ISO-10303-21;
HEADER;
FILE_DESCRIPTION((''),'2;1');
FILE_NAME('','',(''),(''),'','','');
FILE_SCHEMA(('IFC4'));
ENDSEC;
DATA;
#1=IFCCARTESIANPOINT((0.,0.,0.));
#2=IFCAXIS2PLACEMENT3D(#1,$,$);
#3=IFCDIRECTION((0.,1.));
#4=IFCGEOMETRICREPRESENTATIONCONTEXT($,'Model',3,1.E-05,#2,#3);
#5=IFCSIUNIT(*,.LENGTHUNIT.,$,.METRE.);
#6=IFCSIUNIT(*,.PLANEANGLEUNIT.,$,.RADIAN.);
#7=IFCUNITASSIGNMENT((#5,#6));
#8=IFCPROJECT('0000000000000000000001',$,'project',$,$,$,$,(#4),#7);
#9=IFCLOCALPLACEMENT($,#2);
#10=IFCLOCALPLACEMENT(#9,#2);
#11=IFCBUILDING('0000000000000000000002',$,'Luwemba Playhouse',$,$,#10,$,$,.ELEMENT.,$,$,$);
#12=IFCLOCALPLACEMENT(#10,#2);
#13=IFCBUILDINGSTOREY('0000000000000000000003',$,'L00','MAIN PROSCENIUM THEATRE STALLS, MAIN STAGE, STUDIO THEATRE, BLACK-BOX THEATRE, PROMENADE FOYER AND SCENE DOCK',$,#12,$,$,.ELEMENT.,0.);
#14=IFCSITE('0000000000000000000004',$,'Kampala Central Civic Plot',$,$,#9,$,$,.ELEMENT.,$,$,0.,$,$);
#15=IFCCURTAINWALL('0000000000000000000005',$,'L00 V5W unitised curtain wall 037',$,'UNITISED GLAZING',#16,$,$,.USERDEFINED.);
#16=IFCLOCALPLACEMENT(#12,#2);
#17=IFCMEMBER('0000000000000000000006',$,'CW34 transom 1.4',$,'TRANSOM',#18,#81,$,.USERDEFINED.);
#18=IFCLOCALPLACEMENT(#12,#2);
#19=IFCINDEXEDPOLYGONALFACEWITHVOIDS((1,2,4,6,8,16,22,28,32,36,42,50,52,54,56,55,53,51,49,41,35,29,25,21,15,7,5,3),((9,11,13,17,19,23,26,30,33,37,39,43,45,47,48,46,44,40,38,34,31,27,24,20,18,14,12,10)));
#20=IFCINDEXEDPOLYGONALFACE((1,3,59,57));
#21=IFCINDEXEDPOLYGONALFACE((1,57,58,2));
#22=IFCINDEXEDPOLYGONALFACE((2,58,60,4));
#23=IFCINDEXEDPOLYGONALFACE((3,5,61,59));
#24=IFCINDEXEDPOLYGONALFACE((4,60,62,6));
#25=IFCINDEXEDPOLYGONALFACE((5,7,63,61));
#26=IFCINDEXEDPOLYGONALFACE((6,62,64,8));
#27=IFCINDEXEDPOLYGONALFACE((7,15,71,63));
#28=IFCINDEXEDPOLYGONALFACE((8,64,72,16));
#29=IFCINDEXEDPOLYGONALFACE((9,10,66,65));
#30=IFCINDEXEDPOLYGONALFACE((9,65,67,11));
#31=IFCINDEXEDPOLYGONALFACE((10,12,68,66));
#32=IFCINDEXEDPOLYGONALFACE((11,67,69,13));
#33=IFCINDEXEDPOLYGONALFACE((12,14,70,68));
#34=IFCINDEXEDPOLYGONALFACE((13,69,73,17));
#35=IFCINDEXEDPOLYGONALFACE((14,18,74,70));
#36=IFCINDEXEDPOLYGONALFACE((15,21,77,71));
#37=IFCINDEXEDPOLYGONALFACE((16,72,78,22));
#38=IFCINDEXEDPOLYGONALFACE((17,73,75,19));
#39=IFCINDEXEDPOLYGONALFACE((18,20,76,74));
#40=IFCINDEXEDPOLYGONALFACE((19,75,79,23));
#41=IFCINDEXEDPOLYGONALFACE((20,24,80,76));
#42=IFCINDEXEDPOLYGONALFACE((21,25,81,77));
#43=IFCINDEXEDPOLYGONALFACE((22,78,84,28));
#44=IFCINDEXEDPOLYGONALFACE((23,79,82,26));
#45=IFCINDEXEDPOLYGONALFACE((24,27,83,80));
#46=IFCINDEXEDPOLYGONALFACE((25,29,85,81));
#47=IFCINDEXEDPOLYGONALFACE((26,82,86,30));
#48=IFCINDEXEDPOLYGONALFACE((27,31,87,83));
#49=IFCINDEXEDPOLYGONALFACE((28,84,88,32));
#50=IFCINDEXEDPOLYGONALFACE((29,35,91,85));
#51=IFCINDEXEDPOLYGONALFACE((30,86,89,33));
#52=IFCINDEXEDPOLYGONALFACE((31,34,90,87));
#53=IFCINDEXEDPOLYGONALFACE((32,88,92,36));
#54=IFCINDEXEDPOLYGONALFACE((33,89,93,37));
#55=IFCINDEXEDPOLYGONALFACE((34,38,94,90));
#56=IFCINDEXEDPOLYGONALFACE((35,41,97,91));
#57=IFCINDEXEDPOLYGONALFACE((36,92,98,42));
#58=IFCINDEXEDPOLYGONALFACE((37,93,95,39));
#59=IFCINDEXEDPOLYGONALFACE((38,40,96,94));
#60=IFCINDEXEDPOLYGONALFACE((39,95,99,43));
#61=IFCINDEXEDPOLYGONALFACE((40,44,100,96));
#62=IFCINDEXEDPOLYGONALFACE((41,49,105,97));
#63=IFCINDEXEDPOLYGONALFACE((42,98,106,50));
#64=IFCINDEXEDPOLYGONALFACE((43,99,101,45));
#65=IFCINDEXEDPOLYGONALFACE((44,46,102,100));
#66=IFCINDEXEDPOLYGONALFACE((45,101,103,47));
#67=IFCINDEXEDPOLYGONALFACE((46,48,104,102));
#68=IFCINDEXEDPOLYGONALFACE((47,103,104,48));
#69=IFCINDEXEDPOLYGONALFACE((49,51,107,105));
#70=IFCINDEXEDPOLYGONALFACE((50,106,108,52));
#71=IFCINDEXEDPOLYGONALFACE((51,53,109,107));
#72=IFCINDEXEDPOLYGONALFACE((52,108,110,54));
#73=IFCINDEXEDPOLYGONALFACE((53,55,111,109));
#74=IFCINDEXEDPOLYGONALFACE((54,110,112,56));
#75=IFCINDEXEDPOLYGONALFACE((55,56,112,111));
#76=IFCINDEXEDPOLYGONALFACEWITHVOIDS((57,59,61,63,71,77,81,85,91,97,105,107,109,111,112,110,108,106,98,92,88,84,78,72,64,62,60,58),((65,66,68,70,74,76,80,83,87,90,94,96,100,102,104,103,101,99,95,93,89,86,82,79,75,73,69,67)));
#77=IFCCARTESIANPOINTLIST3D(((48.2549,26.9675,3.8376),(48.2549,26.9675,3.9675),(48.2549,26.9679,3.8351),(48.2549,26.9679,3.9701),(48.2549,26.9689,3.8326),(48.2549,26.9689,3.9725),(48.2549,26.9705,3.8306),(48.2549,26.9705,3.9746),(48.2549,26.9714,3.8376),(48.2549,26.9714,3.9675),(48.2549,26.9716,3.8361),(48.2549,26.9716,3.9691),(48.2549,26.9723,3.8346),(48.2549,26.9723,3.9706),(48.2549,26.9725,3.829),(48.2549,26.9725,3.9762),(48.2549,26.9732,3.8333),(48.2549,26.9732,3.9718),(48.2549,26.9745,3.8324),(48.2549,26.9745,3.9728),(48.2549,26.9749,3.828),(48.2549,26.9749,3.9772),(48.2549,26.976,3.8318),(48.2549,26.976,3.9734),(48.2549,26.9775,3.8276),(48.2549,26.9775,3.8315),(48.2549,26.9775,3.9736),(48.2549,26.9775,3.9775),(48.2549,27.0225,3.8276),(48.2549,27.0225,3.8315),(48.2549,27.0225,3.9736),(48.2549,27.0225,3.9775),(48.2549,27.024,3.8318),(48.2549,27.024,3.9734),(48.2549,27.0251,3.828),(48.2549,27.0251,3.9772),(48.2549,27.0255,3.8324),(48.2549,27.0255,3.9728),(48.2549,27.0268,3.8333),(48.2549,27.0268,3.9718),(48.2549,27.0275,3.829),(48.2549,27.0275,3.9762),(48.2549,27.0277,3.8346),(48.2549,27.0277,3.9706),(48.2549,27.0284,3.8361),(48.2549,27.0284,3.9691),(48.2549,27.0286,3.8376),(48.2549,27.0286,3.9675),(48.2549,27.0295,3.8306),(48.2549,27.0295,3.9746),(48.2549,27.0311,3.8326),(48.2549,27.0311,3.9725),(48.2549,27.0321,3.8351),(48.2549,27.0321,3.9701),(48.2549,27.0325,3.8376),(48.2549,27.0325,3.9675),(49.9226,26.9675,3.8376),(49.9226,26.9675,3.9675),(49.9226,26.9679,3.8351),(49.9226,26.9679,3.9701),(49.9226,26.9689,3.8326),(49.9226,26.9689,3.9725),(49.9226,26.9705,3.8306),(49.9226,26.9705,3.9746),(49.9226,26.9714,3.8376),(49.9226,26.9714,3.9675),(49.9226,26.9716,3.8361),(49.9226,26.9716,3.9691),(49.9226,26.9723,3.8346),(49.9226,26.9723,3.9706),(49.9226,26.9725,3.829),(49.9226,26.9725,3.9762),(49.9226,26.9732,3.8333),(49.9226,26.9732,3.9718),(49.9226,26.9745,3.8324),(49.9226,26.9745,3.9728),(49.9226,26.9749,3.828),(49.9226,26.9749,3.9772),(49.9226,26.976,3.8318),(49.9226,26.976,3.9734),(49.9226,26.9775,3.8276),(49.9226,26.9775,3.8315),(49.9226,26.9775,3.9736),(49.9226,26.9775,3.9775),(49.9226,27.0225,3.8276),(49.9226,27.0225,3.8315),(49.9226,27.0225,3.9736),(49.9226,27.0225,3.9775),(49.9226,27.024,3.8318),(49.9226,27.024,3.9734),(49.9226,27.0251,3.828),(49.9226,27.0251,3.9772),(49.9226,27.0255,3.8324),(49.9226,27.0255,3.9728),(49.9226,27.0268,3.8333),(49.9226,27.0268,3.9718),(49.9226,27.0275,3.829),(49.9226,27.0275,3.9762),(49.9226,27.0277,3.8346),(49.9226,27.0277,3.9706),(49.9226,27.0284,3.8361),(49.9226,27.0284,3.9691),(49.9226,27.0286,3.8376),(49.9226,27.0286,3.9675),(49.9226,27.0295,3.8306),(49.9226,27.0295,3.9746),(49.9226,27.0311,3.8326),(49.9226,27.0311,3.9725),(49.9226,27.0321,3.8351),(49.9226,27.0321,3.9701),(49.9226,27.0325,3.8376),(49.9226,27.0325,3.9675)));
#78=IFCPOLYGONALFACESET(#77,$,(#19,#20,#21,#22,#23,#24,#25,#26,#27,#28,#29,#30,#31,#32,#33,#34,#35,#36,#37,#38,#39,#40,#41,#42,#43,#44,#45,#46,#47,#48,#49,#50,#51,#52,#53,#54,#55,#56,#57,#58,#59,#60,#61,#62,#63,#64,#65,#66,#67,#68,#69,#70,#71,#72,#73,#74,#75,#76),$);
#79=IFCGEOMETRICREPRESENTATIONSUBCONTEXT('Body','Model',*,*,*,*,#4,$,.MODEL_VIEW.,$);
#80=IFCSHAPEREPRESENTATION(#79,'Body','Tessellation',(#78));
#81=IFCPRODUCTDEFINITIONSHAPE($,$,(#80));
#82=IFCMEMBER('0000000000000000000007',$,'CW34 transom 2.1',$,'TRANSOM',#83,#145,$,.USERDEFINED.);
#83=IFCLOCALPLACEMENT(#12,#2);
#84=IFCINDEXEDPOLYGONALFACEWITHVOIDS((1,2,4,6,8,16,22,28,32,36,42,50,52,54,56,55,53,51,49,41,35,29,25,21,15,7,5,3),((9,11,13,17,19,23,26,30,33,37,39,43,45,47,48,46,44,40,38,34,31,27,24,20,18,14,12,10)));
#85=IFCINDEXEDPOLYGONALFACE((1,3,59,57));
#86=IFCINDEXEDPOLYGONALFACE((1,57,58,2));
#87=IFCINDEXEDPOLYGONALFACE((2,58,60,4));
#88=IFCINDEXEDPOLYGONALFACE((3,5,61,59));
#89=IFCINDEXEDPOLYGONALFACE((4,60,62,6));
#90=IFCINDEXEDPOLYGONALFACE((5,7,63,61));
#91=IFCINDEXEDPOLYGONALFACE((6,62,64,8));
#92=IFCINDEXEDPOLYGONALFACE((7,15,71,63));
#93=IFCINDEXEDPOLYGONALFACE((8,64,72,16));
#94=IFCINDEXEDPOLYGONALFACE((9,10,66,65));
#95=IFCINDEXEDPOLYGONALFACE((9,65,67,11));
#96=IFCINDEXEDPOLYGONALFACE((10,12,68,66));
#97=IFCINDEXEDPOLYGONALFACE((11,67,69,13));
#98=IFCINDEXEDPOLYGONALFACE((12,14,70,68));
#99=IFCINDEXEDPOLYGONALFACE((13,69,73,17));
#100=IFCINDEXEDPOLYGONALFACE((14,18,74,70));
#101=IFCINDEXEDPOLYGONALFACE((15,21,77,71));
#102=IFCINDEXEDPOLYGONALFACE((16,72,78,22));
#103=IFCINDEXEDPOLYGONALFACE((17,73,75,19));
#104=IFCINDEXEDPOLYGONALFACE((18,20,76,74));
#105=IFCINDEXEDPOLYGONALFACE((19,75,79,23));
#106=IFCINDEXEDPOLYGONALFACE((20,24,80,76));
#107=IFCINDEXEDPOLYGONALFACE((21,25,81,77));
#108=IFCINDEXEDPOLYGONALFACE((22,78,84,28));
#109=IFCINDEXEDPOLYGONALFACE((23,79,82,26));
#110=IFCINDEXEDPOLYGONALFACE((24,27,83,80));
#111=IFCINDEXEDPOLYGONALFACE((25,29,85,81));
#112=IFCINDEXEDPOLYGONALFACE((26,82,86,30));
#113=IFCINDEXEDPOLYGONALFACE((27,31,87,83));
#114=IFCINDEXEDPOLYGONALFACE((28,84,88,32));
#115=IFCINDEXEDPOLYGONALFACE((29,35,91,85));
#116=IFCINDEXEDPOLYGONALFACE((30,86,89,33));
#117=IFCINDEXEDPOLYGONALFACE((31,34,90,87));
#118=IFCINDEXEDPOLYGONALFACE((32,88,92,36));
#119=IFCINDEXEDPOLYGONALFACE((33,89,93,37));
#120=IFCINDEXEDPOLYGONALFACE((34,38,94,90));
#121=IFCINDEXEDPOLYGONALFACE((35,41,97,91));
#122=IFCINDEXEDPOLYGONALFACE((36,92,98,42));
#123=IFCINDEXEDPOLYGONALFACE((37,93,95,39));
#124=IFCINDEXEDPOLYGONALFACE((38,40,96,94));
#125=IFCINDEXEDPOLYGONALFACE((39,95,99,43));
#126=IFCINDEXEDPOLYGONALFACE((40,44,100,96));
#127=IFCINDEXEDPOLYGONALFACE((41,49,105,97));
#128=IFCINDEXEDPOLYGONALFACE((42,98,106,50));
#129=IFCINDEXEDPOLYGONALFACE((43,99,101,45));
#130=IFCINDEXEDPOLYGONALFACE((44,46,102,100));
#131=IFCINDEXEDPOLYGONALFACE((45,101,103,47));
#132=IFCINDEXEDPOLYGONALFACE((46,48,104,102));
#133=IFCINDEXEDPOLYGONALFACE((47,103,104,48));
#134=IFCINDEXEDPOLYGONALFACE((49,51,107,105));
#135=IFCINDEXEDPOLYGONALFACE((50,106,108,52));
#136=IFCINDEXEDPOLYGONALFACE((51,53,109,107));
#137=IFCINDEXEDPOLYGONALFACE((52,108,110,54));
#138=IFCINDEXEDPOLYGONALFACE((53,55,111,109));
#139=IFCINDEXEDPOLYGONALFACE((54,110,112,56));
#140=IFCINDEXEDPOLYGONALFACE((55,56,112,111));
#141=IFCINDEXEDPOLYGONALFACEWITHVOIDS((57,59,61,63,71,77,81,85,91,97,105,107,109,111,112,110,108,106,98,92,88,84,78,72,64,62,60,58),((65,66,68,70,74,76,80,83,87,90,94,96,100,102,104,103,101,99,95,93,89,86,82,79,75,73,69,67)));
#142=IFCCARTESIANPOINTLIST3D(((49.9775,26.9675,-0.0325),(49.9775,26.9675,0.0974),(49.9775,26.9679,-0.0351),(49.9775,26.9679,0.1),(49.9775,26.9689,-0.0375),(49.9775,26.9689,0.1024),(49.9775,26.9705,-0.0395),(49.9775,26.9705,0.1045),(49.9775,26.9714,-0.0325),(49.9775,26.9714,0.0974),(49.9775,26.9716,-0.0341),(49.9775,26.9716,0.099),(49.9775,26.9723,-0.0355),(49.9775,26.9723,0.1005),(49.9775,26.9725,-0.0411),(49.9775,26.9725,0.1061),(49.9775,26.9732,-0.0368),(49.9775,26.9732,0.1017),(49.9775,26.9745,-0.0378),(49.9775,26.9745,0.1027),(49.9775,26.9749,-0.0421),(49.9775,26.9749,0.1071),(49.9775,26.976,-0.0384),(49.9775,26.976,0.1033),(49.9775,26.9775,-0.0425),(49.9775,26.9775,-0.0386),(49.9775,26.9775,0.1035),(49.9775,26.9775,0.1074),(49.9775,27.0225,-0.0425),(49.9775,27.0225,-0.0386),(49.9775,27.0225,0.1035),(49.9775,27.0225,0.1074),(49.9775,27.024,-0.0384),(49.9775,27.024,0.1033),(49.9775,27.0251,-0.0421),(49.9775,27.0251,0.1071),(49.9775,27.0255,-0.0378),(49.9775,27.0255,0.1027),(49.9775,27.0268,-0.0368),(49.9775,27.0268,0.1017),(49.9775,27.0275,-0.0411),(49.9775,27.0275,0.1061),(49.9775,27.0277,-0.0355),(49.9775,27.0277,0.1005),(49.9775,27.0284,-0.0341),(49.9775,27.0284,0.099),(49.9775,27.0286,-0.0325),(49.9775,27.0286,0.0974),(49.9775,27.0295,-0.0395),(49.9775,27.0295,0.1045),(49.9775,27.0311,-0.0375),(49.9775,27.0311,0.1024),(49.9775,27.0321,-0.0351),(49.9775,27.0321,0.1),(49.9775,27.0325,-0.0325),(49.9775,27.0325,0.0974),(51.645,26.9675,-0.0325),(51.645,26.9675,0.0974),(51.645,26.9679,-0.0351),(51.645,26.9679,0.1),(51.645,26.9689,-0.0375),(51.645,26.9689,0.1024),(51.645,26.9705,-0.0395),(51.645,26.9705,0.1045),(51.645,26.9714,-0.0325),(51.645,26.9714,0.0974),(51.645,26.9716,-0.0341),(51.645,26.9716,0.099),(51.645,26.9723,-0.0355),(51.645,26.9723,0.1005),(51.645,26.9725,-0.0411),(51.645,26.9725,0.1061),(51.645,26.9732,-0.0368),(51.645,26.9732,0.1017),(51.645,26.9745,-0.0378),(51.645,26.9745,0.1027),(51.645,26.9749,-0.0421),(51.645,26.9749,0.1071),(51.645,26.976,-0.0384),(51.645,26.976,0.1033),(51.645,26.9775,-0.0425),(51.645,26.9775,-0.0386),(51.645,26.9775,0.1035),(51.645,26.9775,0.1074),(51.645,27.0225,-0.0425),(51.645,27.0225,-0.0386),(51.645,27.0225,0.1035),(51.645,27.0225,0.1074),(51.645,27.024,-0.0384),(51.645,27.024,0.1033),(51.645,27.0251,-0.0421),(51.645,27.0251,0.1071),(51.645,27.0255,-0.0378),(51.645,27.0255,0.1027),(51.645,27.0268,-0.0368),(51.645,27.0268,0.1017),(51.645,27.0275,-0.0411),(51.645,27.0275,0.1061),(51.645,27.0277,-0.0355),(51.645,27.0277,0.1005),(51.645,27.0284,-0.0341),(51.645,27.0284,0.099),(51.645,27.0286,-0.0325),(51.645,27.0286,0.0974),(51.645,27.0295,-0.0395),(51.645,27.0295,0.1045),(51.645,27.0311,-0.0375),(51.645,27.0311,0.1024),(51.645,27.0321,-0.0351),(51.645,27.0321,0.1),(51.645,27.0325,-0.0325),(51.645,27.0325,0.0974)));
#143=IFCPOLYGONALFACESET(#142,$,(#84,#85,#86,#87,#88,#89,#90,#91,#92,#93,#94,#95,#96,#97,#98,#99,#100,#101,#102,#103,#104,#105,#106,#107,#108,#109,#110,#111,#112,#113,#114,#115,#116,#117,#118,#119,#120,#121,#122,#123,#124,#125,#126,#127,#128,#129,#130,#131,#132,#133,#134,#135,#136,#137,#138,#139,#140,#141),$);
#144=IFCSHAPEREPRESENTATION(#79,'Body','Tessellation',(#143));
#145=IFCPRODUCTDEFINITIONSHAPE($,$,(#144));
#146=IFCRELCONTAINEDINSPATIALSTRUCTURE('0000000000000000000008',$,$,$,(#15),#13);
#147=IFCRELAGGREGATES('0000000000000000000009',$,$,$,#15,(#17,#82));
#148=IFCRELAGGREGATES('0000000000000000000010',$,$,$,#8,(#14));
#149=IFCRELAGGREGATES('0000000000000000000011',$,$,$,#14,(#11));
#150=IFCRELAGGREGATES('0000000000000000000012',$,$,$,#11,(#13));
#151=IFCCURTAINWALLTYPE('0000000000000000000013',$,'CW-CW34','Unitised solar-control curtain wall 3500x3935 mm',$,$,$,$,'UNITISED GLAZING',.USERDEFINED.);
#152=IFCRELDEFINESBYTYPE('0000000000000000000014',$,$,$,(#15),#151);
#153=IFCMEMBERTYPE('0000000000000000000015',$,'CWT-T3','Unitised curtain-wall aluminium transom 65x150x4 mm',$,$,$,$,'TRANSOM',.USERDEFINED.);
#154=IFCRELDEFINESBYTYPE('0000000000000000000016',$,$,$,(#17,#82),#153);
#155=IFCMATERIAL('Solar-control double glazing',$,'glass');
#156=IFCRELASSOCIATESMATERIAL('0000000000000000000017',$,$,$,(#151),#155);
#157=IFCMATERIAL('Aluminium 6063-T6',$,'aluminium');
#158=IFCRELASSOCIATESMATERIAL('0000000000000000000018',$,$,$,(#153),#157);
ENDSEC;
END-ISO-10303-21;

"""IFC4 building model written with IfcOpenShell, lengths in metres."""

from ifc_helpers import new_model, si_unit, direction, frame, origin, origin_2d, place, context, subcontext, project, spatial, hollow_rectangle, extrude, material, material_profile, profile_set, type_object, element, aggregate, save


model = new_model("IFC4")

# Units and contexts
model_context = context("Model", 3, precision=1e-05, world=origin(), true_north=direction((0.0, 1.0)))
body_context = subcontext(model_context, "Body", "Model", "MODEL_VIEW")
ifc_project = project(units=[si_unit("LENGTHUNIT", "METRE"), si_unit("PLANEANGLEUNIT", "RADIAN")], contexts=[model_context])

# Site, building, storey
site_placement = place(None, origin())
site = spatial("IfcSite", under=ifc_project, at=site_placement, Name="Kampala Central Civic Plot", CompositionType="ELEMENT", RefElevation=0.0)
building_placement = place(site_placement, origin())
building = spatial("IfcBuilding", under=site, at=building_placement, Name="Luwemba Playhouse", CompositionType="ELEMENT")
storey_placement = place(building_placement, origin())
storey = spatial("IfcBuildingStorey", under=building, at=storey_placement, Name="L00", Description="MAIN PROSCENIUM THEATRE STALLS, MAIN STAGE, STUDIO THEATRE, BLACK-BOX THEATRE, PROMENADE FOYER AND SCENE DOCK", CompositionType="ELEMENT", Elevation=0.0)

# Shared definitions
ifc_material_1 = material(Name="Solar-control double glazing", Category="glass")
ifc_material_2 = material(Name="Aluminium 6063-T6", Category="aluminium")

# Curtain wall
curtain_wall_type_1 = type_object("IfcCurtainWallType", Name="CW-CW34", Description="Unitised solar-control curtain wall 3500x3935 mm", ElementType="UNITISED GLAZING", PredefinedType="USERDEFINED", material=ifc_material_1)
curtain_wall_1_placement = place(storey_placement, origin())
curtain_wall_1 = element("IfcCurtainWall", 1, at=curtain_wall_1_placement, inside=storey, type_object=curtain_wall_type_1, Name="L00 V5W unitised curtain wall 037", ObjectType="UNITISED GLAZING", PredefinedType="USERDEFINED")

# Members
ifc_material_profile_1 = material_profile(ifc_material_2, hollow_rectangle(XDim=0.0649, YDim=0.1499, WallThickness=0.0039, InnerFilletRadius=0.0061, OuterFilletRadius=0.01, at=origin_2d()))
ifc_profile_set_1 = profile_set([ifc_material_profile_1], Name="Aluminium 6063-T6")
member_type_1 = type_object("IfcMemberType", Name="CWT-T3", Description="Unitised curtain-wall aluminium transom 65x150x4 mm", ElementType="TRANSOM", PredefinedType="USERDEFINED", material=ifc_profile_set_1)
member_1_placement = place(storey_placement, frame((48.2549, 27.0, 3.9026), z_axis=(1.0, 0.0, 0.0), x_axis=(0.0, 1.0, 0.0)))
member_1 = element("IfcMember", 2, at=member_1_placement, type_object=member_type_1, Name="CW34 transom 1.4", ObjectType="TRANSOM", PredefinedType="USERDEFINED", context=body_context, shape_type="SweptSolid", body=[
    extrude(hollow_rectangle(XDim=0.0649, YDim=0.1499, WallThickness=0.0039, InnerFilletRadius=0.0061, OuterFilletRadius=0.01, at=origin_2d()), origin(), (0.0, 0.0, 1.0), 1.6677),
])
member_2_placement = place(storey_placement, frame((49.9775, 27.0, 0.0325), z_axis=(1.0, 0.0, 0.0), x_axis=(0.0, 1.0, 0.0)))
member_2 = element("IfcMember", 3, at=member_2_placement, type_object=member_type_1, Name="CW34 transom 2.1", ObjectType="TRANSOM", PredefinedType="USERDEFINED", context=body_context, shape_type="SweptSolid", body=[
    extrude(hollow_rectangle(XDim=0.0649, YDim=0.1499, WallThickness=0.0039, InnerFilletRadius=0.0061, OuterFilletRadius=0.01, at=origin_2d()), origin(), (0.0, 0.0, 1.0), 1.6675),
])

aggregate(curtain_wall_1, [member_1, member_2])

save(model, "model.ifc")
